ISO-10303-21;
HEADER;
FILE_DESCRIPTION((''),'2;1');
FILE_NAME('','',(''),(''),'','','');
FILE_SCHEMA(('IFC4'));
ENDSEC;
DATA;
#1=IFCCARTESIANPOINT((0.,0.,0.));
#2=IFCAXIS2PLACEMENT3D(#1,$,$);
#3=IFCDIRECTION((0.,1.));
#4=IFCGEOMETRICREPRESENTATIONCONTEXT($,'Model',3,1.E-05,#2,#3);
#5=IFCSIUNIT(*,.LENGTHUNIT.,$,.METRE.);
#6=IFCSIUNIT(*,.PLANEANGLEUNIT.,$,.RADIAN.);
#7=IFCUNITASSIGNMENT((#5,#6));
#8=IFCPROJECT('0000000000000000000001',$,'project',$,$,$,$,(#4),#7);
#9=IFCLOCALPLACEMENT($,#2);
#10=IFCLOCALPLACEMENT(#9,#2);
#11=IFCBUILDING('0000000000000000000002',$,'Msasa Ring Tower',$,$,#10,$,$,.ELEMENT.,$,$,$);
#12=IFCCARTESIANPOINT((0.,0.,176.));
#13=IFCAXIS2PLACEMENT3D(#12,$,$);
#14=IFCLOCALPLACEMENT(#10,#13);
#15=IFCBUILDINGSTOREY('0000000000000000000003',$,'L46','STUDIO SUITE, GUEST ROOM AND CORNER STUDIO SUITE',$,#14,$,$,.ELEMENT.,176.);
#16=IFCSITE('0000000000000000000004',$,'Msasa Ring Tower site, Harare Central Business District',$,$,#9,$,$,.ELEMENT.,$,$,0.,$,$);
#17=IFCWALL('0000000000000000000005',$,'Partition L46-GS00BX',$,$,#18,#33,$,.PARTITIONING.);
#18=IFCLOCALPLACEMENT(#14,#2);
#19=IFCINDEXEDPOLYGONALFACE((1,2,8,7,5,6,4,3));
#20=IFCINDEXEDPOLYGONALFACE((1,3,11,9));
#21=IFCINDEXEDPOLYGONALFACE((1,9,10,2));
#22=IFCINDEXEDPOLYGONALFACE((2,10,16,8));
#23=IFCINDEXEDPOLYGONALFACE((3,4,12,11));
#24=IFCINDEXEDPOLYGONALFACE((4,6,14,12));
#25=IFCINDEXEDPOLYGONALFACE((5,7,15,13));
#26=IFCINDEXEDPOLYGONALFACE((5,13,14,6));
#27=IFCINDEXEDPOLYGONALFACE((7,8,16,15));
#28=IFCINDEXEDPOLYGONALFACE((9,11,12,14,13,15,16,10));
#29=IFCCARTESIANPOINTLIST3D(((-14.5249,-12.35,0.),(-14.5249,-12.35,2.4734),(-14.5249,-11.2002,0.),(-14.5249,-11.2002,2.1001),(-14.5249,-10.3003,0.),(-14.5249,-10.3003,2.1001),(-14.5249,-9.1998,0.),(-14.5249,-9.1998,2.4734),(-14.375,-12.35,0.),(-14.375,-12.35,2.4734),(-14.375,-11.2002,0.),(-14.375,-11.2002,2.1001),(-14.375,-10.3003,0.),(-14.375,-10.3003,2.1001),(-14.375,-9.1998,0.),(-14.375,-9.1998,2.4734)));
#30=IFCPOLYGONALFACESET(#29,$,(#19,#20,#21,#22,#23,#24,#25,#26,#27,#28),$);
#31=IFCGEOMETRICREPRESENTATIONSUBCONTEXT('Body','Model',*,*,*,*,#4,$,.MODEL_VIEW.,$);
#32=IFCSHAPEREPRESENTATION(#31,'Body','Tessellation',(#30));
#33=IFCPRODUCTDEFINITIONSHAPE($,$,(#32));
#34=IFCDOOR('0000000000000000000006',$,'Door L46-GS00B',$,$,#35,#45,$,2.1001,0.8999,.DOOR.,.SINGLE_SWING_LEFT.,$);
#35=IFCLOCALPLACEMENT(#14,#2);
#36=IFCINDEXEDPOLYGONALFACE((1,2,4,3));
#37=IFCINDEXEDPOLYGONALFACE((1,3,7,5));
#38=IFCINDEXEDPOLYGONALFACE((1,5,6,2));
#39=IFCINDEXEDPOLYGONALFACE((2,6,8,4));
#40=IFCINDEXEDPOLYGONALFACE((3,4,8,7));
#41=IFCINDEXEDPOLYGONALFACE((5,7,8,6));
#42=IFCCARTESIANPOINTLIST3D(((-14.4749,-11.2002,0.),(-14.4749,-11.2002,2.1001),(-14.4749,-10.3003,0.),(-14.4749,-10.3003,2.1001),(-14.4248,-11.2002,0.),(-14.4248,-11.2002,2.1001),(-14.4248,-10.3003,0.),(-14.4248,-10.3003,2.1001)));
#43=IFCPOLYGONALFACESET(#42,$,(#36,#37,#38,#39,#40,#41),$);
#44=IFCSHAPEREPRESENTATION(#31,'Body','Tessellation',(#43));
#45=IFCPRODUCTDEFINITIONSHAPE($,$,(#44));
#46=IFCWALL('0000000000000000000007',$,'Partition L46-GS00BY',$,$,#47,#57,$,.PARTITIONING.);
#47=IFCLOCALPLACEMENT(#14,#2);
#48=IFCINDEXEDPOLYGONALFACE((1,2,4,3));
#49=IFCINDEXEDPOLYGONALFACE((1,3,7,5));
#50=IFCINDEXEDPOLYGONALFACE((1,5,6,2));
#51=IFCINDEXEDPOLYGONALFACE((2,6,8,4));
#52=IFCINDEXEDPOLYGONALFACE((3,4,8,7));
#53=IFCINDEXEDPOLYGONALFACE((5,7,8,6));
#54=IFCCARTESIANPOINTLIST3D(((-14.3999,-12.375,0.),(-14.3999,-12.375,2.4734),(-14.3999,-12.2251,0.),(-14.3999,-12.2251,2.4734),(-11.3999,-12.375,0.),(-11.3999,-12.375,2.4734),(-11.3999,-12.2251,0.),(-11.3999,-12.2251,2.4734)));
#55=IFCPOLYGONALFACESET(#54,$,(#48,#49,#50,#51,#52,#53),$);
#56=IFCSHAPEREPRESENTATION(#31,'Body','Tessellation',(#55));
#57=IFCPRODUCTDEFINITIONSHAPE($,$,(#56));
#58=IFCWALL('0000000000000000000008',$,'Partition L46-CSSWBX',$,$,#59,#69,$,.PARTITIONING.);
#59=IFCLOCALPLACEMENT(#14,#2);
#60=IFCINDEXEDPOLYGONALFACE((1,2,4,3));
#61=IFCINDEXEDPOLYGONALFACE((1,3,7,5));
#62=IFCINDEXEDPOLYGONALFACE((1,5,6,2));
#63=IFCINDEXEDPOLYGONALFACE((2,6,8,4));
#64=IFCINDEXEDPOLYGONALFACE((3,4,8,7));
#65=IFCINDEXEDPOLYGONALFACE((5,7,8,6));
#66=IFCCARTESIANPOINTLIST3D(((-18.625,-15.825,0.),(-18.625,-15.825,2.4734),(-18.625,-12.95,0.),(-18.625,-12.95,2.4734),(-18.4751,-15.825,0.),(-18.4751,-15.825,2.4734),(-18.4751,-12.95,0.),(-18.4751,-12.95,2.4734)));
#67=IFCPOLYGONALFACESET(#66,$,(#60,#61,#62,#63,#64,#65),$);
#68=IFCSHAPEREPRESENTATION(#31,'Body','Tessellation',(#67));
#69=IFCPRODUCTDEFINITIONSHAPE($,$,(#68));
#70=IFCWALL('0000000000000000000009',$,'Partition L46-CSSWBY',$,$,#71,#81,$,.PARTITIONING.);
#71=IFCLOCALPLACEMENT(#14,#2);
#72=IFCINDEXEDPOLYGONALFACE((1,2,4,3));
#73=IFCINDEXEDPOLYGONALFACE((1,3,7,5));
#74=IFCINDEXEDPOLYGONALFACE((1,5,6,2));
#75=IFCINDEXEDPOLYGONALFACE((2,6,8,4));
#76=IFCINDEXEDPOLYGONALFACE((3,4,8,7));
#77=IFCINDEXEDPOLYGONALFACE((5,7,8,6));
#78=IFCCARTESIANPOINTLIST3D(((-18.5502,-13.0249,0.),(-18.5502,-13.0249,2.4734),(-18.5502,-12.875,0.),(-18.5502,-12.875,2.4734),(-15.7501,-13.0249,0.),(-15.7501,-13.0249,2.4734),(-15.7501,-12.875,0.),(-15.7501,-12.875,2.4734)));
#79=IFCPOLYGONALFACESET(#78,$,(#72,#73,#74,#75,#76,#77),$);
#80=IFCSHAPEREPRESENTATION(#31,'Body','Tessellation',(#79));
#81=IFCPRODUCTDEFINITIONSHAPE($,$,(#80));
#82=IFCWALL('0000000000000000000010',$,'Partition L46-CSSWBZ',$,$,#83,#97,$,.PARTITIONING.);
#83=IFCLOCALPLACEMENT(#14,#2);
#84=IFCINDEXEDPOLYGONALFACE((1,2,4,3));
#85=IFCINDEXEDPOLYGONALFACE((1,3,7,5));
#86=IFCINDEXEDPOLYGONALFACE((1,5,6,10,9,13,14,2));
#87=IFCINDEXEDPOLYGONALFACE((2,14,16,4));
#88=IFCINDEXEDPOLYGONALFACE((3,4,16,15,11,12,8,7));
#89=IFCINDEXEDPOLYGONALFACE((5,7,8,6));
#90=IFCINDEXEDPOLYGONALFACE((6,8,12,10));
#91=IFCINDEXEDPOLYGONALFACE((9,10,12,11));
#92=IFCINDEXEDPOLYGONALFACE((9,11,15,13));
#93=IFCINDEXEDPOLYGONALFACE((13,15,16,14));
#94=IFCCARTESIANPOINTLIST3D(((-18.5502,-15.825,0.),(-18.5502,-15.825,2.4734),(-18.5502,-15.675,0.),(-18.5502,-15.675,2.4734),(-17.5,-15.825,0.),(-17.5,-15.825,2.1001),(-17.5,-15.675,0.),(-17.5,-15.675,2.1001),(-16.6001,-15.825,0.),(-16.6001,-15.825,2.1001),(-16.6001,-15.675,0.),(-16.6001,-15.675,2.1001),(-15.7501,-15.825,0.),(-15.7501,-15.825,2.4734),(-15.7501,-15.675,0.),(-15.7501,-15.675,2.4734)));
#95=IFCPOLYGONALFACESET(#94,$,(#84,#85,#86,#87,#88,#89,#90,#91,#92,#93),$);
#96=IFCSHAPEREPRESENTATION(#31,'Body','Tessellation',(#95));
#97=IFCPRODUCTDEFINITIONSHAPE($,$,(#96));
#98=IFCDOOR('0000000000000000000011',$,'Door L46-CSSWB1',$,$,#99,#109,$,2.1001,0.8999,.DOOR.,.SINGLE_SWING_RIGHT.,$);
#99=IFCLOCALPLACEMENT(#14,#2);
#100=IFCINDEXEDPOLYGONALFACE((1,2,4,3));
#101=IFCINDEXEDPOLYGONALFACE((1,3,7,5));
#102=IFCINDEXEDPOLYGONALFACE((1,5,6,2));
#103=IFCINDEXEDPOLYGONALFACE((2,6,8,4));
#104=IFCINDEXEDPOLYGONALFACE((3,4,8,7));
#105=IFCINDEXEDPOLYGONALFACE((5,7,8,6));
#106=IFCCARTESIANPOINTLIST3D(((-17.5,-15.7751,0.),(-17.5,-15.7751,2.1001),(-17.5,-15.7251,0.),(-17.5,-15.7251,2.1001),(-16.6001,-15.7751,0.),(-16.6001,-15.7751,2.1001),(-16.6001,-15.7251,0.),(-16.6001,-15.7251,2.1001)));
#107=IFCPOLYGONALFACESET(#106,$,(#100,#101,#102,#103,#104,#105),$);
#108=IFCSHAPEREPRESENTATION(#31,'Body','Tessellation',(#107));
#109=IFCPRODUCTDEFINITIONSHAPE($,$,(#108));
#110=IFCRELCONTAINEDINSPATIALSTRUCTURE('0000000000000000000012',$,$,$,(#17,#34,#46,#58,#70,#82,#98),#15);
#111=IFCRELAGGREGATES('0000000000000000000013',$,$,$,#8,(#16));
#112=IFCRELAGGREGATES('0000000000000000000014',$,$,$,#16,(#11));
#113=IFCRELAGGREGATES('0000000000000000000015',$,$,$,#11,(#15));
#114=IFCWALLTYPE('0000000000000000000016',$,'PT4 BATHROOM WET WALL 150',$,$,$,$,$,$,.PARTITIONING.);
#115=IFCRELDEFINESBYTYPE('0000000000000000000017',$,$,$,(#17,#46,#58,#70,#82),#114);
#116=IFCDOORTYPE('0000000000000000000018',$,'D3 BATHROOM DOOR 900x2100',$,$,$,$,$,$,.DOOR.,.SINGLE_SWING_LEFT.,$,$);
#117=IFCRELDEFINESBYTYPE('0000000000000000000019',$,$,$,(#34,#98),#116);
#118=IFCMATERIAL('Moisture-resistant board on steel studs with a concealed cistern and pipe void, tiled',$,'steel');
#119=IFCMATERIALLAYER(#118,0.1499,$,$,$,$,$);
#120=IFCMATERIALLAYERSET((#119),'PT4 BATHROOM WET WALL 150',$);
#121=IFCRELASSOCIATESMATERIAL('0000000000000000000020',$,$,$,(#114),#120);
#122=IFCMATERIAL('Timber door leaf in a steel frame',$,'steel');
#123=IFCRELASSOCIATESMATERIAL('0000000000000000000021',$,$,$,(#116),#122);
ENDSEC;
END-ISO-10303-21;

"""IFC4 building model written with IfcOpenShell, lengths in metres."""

from ifc_helpers import new_model, si_unit, direction, frame, frame_2d, origin, place, context, subcontext, project, spatial, rectangle, extrude, material, layer, layer_set, type_object, element, fill, save


model = new_model("IFC4")

# Units and contexts
model_context = context("Model", 3, precision=1e-05, world=origin(), true_north=direction((0.0, 1.0)))
body_context = subcontext(model_context, "Body", "Model", "MODEL_VIEW")
ifc_project = project(units=[si_unit("LENGTHUNIT", "METRE"), si_unit("PLANEANGLEUNIT", "RADIAN")], contexts=[model_context])

# Site, building, storey
site_placement = place(None, origin())
site = spatial("IfcSite", under=ifc_project, at=site_placement, Name="Msasa Ring Tower site, Harare Central Business District", CompositionType="ELEMENT", RefElevation=0.0)
building_placement = place(site_placement, origin())
building = spatial("IfcBuilding", under=site, at=building_placement, Name="Msasa Ring Tower", CompositionType="ELEMENT")
storey_placement = place(building_placement, frame((0.0, 0.0, 176.0)))
storey = spatial("IfcBuildingStorey", under=building, at=storey_placement, Name="L46", Description="STUDIO SUITE, GUEST ROOM AND CORNER STUDIO SUITE", CompositionType="ELEMENT", Elevation=176.0)

# Wall, opening, door
ifc_material_1 = material(Name="Moisture-resistant board on steel studs with a concealed cistern and pipe void, tiled", Category="steel")
ifc_layer_1 = layer(ifc_material_1, 0.1499)
ifc_layer_set_1 = layer_set([ifc_layer_1], Name="PT4 BATHROOM WET WALL 150")
wall_type_1 = type_object("IfcWallType", Name="PT4 BATHROOM WET WALL 150", PredefinedType="PARTITIONING", material=ifc_layer_set_1)
wall_1_placement = place(storey_placement, frame((-14.45, -12.3501, 0.0), z_axis=(0.0, 0.0, 1.0), x_axis=(0.0, 1.0, 0.0)))
wall_1 = element("IfcWall", 1, at=wall_1_placement, inside=storey, type_object=wall_type_1, Name="Partition L46-GS00BX", PredefinedType="PARTITIONING", context=body_context, shape_type="SweptSolid", body=[
    extrude(rectangle(XDim=3.1501, YDim=0.1499, at=frame_2d((1.5752, 0.0))), origin(), (0.0, 0.0, 1.0), 2.4734),
])
opening_1_placement = place(wall_1_placement, frame((1.1499, 0.0, 0.0)))
opening_1 = element("IfcOpeningElement", 2, at=opening_1_placement, cuts=wall_1, PredefinedType="OPENING", context=body_context, shape_type="SweptSolid", body=[
    extrude(rectangle(XDim=0.8999, YDim=2.1001, at=frame_2d((0.45, 1.05))), frame((0.0, 0.085, 0.0), z_axis=(0.0, -1.0, 0.0), x_axis=(1.0, 0.0, 0.0)), (0.0, 0.0, 1.0), 0.1699),
])
ifc_material_2 = material(Name="Timber door leaf in a steel frame", Category="steel")
door_type_1 = type_object("IfcDoorType", Name="D3 BATHROOM DOOR 900x2100", OperationType="SINGLE_SWING_LEFT", PredefinedType="DOOR", material=ifc_material_2)
door_1_placement = place(opening_1_placement, origin())
door_1 = element("IfcDoor", 3, at=door_1_placement, inside=storey, type_object=door_type_1, Name="Door L46-GS00B", OperationType="SINGLE_SWING_LEFT", OverallHeight=2.1001, OverallWidth=0.8999, PredefinedType="DOOR", context=body_context, shape_type="SweptSolid", body=[
    extrude(rectangle(XDim=0.8999, YDim=2.1001, at=frame_2d((0.45, 1.05))), frame((0.0, 0.0249, 0.0), z_axis=(0.0, -1.0, 0.0), x_axis=(1.0, 0.0, 0.0)), (0.0, 0.0, 1.0), 0.05),
])
fill(opening_1, door_1)

# Walls
wall_2_placement = place(storey_placement, frame((-14.3999, -12.3, 0.0), z_axis=(0.0, 0.0, 1.0), x_axis=(1.0, 0.0, 0.0)))
element("IfcWall", 4, at=wall_2_placement, inside=storey, type_object=wall_type_1, Name="Partition L46-GS00BY", PredefinedType="PARTITIONING", context=body_context, shape_type="SweptSolid", body=[
    extrude(rectangle(XDim=3.0, YDim=0.1499, at=frame_2d((1.5, 0.0))), origin(), (0.0, 0.0, 1.0), 2.4734),
])
wall_3_placement = place(storey_placement, frame((-18.55, -15.825, 0.0), z_axis=(0.0, 0.0, 1.0), x_axis=(0.0, 1.0, 0.0)))
element("IfcWall", 5, at=wall_3_placement, inside=storey, type_object=wall_type_1, Name="Partition L46-CSSWBX", PredefinedType="PARTITIONING", context=body_context, shape_type="SweptSolid", body=[
    extrude(rectangle(XDim=2.875, YDim=0.1499, at=frame_2d((1.4375, 0.0))), origin(), (0.0, 0.0, 1.0), 2.4734),
])
wall_4_placement = place(storey_placement, frame((-18.55, -12.95, 0.0), z_axis=(0.0, 0.0, 1.0), x_axis=(1.0, 0.0, 0.0)))
element("IfcWall", 6, at=wall_4_placement, inside=storey, type_object=wall_type_1, Name="Partition L46-CSSWBY", PredefinedType="PARTITIONING", context=body_context, shape_type="SweptSolid", body=[
    extrude(rectangle(XDim=2.8, YDim=0.1499, at=frame_2d((1.3999, 0.0))), origin(), (0.0, 0.0, 1.0), 2.4734),
])

# Wall, opening, door
wall_5_placement = place(storey_placement, frame((-18.55, -15.75, 0.0), z_axis=(0.0, 0.0, 1.0), x_axis=(1.0, 0.0, 0.0)))
wall_5 = element("IfcWall", 7, at=wall_5_placement, inside=storey, type_object=wall_type_1, Name="Partition L46-CSSWBZ", PredefinedType="PARTITIONING", context=body_context, shape_type="SweptSolid", body=[
    extrude(rectangle(XDim=2.8, YDim=0.1499, at=frame_2d((1.3999, 0.0))), origin(), (0.0, 0.0, 1.0), 2.4734),
])
opening_2_placement = place(wall_5_placement, frame((1.05, 0.0, 0.0)))
opening_2 = element("IfcOpeningElement", 8, at=opening_2_placement, cuts=wall_5, PredefinedType="OPENING", context=body_context, shape_type="SweptSolid", body=[
    extrude(rectangle(XDim=0.8999, YDim=2.1001, at=frame_2d((0.45, 1.05))), frame((0.0, 0.085, 0.0), z_axis=(0.0, -1.0, 0.0), x_axis=(1.0, 0.0, 0.0)), (0.0, 0.0, 1.0), 0.1699),
])
door_2_placement = place(opening_2_placement, origin())
door_2 = element("IfcDoor", 9, at=door_2_placement, inside=storey, type_object=door_type_1, Name="Door L46-CSSWB1", OperationType="SINGLE_SWING_RIGHT", OverallHeight=2.1001, OverallWidth=0.8999, PredefinedType="DOOR", context=body_context, shape_type="SweptSolid", body=[
    extrude(rectangle(XDim=0.8999, YDim=2.1001, at=frame_2d((0.45, 1.05))), frame((0.0, 0.0249, 0.0), z_axis=(0.0, -1.0, 0.0), x_axis=(1.0, 0.0, 0.0)), (0.0, 0.0, 1.0), 0.05),
])
fill(opening_2, door_2)

save(model, "model.ifc")
